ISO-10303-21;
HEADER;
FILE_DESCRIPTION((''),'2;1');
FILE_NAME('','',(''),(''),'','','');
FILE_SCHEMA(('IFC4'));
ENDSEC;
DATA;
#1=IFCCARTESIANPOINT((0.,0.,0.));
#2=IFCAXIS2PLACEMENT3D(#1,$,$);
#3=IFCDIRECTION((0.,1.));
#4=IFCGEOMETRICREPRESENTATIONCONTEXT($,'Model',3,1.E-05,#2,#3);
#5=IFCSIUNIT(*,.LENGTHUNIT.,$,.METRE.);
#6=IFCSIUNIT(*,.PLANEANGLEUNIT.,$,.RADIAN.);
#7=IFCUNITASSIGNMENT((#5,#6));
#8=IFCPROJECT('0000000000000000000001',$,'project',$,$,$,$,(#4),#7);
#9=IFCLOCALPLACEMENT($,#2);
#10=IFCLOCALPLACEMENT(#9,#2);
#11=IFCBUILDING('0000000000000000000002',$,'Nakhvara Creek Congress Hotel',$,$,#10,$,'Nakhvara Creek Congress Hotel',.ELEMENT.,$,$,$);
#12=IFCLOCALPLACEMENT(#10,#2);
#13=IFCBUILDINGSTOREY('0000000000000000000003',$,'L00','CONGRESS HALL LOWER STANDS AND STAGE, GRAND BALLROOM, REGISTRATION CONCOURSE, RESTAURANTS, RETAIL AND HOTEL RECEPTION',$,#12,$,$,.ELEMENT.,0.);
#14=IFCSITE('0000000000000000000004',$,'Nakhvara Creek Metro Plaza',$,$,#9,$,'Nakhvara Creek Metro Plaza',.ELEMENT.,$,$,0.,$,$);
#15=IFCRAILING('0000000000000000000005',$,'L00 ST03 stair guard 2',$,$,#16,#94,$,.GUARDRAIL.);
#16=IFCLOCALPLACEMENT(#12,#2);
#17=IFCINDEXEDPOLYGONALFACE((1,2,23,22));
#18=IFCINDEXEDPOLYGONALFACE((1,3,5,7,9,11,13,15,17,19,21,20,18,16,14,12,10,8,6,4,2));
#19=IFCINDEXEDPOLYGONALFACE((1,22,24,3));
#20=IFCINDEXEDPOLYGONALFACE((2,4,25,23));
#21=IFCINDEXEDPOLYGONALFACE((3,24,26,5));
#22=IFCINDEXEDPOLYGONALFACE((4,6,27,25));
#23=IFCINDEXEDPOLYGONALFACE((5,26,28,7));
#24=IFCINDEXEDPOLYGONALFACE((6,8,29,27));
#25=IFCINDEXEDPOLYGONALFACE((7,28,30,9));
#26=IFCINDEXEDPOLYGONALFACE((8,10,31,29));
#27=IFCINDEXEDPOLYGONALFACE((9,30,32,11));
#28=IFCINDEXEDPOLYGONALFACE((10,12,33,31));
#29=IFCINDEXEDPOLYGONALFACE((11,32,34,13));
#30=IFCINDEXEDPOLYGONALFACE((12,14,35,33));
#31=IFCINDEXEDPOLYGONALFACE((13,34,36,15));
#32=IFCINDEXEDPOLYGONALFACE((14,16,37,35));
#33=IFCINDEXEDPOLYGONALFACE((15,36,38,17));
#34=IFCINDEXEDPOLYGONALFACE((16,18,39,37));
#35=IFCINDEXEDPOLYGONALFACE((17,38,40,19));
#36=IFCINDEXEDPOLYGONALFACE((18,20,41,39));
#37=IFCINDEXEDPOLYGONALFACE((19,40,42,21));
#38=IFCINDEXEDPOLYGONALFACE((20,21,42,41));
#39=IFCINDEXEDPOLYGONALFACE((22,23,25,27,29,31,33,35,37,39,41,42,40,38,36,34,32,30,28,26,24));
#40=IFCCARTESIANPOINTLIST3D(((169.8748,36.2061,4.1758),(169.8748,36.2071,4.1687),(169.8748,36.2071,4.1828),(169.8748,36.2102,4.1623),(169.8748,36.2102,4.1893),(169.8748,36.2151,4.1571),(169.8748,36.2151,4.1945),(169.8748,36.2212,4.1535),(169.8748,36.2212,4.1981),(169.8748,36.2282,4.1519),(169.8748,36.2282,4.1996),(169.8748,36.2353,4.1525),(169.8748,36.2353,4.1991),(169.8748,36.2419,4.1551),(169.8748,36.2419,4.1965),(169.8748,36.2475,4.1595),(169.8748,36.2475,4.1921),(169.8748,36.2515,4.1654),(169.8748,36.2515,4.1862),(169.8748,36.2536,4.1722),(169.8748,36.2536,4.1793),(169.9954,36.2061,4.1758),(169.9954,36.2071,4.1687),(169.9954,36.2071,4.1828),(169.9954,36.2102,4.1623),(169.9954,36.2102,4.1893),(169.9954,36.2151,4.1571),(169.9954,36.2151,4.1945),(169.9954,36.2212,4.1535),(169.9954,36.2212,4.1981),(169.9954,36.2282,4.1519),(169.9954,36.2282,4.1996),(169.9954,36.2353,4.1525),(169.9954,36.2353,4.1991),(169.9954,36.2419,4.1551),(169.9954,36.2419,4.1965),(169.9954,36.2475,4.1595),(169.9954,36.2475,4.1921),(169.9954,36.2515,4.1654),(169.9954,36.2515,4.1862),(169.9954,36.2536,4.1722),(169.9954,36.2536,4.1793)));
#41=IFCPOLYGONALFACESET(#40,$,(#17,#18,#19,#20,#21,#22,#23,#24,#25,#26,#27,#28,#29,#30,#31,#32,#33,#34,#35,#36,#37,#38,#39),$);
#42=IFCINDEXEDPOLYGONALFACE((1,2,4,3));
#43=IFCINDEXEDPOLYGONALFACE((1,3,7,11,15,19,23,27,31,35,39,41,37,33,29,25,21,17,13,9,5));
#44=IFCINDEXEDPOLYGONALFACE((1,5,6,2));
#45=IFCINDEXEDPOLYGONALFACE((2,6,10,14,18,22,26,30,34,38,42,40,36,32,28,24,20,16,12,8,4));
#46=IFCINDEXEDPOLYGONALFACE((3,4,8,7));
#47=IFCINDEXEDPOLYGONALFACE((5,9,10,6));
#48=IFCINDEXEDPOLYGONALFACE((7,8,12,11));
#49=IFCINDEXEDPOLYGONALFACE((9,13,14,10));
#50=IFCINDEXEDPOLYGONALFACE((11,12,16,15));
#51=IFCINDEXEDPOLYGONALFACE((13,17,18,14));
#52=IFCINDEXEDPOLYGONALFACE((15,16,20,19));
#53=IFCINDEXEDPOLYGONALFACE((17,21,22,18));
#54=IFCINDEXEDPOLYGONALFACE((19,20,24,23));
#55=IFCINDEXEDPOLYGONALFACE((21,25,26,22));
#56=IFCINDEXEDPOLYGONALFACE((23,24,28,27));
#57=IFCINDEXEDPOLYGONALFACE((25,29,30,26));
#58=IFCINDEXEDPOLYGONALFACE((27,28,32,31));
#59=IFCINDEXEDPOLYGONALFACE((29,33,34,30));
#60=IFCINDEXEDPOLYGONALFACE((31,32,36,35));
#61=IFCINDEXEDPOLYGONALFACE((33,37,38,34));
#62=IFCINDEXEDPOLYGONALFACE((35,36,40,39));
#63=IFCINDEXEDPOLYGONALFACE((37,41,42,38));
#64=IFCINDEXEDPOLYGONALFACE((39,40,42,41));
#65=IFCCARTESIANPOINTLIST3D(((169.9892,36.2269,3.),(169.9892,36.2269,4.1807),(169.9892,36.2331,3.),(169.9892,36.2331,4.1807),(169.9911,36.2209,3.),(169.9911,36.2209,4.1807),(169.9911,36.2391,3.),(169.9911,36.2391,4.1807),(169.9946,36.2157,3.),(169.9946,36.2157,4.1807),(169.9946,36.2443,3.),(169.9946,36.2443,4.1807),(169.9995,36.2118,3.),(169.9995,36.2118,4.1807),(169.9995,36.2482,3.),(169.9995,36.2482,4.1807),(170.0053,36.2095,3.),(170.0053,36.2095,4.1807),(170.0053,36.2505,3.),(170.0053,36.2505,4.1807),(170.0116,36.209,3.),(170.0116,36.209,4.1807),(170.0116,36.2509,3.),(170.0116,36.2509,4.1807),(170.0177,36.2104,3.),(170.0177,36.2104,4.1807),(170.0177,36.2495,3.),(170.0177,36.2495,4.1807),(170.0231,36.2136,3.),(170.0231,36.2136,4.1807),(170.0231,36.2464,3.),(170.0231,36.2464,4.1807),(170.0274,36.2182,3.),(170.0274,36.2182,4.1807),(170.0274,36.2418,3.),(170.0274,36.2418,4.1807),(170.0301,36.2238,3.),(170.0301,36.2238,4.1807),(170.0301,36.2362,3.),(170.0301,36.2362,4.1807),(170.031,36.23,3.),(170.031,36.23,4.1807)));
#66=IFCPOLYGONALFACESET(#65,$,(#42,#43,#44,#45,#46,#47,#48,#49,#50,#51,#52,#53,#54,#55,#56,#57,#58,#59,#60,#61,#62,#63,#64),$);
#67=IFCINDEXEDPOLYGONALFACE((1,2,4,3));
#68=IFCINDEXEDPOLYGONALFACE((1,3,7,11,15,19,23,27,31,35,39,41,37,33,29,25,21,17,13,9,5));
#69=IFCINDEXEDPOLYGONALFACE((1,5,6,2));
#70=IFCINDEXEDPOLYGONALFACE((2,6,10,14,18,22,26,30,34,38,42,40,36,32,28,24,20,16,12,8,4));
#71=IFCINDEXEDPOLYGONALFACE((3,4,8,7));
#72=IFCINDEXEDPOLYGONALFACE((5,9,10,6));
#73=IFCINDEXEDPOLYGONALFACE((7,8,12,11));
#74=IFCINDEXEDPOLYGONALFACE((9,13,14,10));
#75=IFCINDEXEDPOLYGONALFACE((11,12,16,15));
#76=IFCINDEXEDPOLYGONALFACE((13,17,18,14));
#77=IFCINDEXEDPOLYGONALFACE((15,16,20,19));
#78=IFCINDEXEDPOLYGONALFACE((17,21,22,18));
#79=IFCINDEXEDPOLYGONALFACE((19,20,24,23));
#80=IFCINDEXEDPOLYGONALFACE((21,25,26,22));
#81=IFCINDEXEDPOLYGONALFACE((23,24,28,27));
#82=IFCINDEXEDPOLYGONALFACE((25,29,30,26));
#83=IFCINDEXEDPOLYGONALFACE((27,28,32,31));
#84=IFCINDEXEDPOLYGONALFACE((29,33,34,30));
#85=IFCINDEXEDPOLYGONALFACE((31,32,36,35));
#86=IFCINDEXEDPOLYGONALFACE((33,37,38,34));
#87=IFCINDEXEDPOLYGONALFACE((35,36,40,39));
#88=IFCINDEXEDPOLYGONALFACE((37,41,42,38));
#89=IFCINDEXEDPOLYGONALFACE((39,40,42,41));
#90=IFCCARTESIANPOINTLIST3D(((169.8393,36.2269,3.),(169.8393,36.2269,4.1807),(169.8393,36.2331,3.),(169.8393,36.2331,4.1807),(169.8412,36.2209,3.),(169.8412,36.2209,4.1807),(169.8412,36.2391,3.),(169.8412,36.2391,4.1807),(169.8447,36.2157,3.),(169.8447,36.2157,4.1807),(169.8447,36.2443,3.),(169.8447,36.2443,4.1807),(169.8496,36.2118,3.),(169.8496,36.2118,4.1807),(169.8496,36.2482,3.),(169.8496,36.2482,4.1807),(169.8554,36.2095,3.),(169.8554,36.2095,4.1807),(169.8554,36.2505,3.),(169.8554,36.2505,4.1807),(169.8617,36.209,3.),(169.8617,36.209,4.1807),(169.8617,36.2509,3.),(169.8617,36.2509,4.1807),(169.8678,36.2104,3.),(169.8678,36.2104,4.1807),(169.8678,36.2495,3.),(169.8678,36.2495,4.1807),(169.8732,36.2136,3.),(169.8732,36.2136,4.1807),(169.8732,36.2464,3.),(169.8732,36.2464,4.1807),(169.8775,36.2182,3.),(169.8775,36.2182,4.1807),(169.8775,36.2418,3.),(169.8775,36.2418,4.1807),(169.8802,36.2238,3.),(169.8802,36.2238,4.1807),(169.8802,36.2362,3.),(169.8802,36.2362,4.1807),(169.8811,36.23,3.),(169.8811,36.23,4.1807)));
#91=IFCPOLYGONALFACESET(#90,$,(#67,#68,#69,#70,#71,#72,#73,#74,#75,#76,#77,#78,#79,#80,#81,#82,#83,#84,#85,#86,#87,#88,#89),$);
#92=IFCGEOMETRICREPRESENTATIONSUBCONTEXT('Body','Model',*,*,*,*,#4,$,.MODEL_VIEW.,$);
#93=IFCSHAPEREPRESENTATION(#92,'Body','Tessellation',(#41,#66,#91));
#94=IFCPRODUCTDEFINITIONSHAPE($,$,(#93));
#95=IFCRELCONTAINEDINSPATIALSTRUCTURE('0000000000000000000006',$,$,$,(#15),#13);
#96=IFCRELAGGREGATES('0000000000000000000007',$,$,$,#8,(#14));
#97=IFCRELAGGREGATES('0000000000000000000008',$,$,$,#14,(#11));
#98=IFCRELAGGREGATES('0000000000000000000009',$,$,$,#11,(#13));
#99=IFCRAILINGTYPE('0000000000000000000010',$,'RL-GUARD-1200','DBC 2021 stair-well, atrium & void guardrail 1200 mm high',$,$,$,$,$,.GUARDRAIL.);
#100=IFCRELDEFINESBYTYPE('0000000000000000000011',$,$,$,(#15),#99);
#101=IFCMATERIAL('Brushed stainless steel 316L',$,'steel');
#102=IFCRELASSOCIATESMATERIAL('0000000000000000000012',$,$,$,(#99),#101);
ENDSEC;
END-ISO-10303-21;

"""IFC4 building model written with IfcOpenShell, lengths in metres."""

from ifc_helpers import new_model, si_unit, direction, frame, origin, origin_2d, place, context, subcontext, project, spatial, circle, extrude, material, type_object, element, save


model = new_model("IFC4")

# Units and contexts
model_context = context("Model", 3, precision=1e-05, world=origin(), true_north=direction((0.0, 1.0)))
body_context = subcontext(model_context, "Body", "Model", "MODEL_VIEW")
ifc_project = project(units=[si_unit("LENGTHUNIT", "METRE"), si_unit("PLANEANGLEUNIT", "RADIAN")], contexts=[model_context])

# Site, building, storey
site_placement = place(None, origin())
site = spatial("IfcSite", under=ifc_project, at=site_placement, Name="Nakhvara Creek Metro Plaza", LongName="Nakhvara Creek Metro Plaza", CompositionType="ELEMENT", RefElevation=0.0)
building_placement = place(site_placement, origin())
building = spatial("IfcBuilding", under=site, at=building_placement, Name="Nakhvara Creek Congress Hotel", LongName="Nakhvara Creek Congress Hotel", CompositionType="ELEMENT")
storey_placement = place(building_placement, origin())
storey = spatial("IfcBuildingStorey", under=building, at=storey_placement, Name="L00", Description="CONGRESS HALL LOWER STANDS AND STAGE, GRAND BALLROOM, REGISTRATION CONCOURSE, RESTAURANTS, RETAIL AND HOTEL RECEPTION", CompositionType="ELEMENT", Elevation=0.0)

# Railing
ifc_material_1 = material(Name="Brushed stainless steel 316L", Category="steel")
railing_type_1 = type_object("IfcRailingType", Name="RL-GUARD-1200", Description="DBC 2021 stair-well, atrium & void guardrail 1200 mm high", PredefinedType="GUARDRAIL", material=ifc_material_1)
railing_1_placement = place(storey_placement, frame((170.01, 36.23, 3.0)))
element("IfcRailing", 1, at=railing_1_placement, inside=storey, type_object=railing_type_1, Name="L00 ST03 stair guard 2", PredefinedType="GUARDRAIL", context=body_context, shape_type="SweptSolid", body=[
    extrude(circle(Radius=0.0239, at=origin_2d()), frame((-0.0146, 0.0, 1.1758), z_axis=(-1.0, 0.0, 0.0), x_axis=(0.0, -1.0, 0.0)), (0.0, 0.0, 1.0), 0.1206),
    extrude(circle(Radius=0.021, at=origin_2d()), origin(), (0.0, 0.0, 1.0), 1.1807),
    extrude(circle(Radius=0.021, at=origin_2d()), frame((-0.1499, 0.0, 0.0)), (0.0, 0.0, 1.0), 1.1807),
])

save(model, "model.ifc")
